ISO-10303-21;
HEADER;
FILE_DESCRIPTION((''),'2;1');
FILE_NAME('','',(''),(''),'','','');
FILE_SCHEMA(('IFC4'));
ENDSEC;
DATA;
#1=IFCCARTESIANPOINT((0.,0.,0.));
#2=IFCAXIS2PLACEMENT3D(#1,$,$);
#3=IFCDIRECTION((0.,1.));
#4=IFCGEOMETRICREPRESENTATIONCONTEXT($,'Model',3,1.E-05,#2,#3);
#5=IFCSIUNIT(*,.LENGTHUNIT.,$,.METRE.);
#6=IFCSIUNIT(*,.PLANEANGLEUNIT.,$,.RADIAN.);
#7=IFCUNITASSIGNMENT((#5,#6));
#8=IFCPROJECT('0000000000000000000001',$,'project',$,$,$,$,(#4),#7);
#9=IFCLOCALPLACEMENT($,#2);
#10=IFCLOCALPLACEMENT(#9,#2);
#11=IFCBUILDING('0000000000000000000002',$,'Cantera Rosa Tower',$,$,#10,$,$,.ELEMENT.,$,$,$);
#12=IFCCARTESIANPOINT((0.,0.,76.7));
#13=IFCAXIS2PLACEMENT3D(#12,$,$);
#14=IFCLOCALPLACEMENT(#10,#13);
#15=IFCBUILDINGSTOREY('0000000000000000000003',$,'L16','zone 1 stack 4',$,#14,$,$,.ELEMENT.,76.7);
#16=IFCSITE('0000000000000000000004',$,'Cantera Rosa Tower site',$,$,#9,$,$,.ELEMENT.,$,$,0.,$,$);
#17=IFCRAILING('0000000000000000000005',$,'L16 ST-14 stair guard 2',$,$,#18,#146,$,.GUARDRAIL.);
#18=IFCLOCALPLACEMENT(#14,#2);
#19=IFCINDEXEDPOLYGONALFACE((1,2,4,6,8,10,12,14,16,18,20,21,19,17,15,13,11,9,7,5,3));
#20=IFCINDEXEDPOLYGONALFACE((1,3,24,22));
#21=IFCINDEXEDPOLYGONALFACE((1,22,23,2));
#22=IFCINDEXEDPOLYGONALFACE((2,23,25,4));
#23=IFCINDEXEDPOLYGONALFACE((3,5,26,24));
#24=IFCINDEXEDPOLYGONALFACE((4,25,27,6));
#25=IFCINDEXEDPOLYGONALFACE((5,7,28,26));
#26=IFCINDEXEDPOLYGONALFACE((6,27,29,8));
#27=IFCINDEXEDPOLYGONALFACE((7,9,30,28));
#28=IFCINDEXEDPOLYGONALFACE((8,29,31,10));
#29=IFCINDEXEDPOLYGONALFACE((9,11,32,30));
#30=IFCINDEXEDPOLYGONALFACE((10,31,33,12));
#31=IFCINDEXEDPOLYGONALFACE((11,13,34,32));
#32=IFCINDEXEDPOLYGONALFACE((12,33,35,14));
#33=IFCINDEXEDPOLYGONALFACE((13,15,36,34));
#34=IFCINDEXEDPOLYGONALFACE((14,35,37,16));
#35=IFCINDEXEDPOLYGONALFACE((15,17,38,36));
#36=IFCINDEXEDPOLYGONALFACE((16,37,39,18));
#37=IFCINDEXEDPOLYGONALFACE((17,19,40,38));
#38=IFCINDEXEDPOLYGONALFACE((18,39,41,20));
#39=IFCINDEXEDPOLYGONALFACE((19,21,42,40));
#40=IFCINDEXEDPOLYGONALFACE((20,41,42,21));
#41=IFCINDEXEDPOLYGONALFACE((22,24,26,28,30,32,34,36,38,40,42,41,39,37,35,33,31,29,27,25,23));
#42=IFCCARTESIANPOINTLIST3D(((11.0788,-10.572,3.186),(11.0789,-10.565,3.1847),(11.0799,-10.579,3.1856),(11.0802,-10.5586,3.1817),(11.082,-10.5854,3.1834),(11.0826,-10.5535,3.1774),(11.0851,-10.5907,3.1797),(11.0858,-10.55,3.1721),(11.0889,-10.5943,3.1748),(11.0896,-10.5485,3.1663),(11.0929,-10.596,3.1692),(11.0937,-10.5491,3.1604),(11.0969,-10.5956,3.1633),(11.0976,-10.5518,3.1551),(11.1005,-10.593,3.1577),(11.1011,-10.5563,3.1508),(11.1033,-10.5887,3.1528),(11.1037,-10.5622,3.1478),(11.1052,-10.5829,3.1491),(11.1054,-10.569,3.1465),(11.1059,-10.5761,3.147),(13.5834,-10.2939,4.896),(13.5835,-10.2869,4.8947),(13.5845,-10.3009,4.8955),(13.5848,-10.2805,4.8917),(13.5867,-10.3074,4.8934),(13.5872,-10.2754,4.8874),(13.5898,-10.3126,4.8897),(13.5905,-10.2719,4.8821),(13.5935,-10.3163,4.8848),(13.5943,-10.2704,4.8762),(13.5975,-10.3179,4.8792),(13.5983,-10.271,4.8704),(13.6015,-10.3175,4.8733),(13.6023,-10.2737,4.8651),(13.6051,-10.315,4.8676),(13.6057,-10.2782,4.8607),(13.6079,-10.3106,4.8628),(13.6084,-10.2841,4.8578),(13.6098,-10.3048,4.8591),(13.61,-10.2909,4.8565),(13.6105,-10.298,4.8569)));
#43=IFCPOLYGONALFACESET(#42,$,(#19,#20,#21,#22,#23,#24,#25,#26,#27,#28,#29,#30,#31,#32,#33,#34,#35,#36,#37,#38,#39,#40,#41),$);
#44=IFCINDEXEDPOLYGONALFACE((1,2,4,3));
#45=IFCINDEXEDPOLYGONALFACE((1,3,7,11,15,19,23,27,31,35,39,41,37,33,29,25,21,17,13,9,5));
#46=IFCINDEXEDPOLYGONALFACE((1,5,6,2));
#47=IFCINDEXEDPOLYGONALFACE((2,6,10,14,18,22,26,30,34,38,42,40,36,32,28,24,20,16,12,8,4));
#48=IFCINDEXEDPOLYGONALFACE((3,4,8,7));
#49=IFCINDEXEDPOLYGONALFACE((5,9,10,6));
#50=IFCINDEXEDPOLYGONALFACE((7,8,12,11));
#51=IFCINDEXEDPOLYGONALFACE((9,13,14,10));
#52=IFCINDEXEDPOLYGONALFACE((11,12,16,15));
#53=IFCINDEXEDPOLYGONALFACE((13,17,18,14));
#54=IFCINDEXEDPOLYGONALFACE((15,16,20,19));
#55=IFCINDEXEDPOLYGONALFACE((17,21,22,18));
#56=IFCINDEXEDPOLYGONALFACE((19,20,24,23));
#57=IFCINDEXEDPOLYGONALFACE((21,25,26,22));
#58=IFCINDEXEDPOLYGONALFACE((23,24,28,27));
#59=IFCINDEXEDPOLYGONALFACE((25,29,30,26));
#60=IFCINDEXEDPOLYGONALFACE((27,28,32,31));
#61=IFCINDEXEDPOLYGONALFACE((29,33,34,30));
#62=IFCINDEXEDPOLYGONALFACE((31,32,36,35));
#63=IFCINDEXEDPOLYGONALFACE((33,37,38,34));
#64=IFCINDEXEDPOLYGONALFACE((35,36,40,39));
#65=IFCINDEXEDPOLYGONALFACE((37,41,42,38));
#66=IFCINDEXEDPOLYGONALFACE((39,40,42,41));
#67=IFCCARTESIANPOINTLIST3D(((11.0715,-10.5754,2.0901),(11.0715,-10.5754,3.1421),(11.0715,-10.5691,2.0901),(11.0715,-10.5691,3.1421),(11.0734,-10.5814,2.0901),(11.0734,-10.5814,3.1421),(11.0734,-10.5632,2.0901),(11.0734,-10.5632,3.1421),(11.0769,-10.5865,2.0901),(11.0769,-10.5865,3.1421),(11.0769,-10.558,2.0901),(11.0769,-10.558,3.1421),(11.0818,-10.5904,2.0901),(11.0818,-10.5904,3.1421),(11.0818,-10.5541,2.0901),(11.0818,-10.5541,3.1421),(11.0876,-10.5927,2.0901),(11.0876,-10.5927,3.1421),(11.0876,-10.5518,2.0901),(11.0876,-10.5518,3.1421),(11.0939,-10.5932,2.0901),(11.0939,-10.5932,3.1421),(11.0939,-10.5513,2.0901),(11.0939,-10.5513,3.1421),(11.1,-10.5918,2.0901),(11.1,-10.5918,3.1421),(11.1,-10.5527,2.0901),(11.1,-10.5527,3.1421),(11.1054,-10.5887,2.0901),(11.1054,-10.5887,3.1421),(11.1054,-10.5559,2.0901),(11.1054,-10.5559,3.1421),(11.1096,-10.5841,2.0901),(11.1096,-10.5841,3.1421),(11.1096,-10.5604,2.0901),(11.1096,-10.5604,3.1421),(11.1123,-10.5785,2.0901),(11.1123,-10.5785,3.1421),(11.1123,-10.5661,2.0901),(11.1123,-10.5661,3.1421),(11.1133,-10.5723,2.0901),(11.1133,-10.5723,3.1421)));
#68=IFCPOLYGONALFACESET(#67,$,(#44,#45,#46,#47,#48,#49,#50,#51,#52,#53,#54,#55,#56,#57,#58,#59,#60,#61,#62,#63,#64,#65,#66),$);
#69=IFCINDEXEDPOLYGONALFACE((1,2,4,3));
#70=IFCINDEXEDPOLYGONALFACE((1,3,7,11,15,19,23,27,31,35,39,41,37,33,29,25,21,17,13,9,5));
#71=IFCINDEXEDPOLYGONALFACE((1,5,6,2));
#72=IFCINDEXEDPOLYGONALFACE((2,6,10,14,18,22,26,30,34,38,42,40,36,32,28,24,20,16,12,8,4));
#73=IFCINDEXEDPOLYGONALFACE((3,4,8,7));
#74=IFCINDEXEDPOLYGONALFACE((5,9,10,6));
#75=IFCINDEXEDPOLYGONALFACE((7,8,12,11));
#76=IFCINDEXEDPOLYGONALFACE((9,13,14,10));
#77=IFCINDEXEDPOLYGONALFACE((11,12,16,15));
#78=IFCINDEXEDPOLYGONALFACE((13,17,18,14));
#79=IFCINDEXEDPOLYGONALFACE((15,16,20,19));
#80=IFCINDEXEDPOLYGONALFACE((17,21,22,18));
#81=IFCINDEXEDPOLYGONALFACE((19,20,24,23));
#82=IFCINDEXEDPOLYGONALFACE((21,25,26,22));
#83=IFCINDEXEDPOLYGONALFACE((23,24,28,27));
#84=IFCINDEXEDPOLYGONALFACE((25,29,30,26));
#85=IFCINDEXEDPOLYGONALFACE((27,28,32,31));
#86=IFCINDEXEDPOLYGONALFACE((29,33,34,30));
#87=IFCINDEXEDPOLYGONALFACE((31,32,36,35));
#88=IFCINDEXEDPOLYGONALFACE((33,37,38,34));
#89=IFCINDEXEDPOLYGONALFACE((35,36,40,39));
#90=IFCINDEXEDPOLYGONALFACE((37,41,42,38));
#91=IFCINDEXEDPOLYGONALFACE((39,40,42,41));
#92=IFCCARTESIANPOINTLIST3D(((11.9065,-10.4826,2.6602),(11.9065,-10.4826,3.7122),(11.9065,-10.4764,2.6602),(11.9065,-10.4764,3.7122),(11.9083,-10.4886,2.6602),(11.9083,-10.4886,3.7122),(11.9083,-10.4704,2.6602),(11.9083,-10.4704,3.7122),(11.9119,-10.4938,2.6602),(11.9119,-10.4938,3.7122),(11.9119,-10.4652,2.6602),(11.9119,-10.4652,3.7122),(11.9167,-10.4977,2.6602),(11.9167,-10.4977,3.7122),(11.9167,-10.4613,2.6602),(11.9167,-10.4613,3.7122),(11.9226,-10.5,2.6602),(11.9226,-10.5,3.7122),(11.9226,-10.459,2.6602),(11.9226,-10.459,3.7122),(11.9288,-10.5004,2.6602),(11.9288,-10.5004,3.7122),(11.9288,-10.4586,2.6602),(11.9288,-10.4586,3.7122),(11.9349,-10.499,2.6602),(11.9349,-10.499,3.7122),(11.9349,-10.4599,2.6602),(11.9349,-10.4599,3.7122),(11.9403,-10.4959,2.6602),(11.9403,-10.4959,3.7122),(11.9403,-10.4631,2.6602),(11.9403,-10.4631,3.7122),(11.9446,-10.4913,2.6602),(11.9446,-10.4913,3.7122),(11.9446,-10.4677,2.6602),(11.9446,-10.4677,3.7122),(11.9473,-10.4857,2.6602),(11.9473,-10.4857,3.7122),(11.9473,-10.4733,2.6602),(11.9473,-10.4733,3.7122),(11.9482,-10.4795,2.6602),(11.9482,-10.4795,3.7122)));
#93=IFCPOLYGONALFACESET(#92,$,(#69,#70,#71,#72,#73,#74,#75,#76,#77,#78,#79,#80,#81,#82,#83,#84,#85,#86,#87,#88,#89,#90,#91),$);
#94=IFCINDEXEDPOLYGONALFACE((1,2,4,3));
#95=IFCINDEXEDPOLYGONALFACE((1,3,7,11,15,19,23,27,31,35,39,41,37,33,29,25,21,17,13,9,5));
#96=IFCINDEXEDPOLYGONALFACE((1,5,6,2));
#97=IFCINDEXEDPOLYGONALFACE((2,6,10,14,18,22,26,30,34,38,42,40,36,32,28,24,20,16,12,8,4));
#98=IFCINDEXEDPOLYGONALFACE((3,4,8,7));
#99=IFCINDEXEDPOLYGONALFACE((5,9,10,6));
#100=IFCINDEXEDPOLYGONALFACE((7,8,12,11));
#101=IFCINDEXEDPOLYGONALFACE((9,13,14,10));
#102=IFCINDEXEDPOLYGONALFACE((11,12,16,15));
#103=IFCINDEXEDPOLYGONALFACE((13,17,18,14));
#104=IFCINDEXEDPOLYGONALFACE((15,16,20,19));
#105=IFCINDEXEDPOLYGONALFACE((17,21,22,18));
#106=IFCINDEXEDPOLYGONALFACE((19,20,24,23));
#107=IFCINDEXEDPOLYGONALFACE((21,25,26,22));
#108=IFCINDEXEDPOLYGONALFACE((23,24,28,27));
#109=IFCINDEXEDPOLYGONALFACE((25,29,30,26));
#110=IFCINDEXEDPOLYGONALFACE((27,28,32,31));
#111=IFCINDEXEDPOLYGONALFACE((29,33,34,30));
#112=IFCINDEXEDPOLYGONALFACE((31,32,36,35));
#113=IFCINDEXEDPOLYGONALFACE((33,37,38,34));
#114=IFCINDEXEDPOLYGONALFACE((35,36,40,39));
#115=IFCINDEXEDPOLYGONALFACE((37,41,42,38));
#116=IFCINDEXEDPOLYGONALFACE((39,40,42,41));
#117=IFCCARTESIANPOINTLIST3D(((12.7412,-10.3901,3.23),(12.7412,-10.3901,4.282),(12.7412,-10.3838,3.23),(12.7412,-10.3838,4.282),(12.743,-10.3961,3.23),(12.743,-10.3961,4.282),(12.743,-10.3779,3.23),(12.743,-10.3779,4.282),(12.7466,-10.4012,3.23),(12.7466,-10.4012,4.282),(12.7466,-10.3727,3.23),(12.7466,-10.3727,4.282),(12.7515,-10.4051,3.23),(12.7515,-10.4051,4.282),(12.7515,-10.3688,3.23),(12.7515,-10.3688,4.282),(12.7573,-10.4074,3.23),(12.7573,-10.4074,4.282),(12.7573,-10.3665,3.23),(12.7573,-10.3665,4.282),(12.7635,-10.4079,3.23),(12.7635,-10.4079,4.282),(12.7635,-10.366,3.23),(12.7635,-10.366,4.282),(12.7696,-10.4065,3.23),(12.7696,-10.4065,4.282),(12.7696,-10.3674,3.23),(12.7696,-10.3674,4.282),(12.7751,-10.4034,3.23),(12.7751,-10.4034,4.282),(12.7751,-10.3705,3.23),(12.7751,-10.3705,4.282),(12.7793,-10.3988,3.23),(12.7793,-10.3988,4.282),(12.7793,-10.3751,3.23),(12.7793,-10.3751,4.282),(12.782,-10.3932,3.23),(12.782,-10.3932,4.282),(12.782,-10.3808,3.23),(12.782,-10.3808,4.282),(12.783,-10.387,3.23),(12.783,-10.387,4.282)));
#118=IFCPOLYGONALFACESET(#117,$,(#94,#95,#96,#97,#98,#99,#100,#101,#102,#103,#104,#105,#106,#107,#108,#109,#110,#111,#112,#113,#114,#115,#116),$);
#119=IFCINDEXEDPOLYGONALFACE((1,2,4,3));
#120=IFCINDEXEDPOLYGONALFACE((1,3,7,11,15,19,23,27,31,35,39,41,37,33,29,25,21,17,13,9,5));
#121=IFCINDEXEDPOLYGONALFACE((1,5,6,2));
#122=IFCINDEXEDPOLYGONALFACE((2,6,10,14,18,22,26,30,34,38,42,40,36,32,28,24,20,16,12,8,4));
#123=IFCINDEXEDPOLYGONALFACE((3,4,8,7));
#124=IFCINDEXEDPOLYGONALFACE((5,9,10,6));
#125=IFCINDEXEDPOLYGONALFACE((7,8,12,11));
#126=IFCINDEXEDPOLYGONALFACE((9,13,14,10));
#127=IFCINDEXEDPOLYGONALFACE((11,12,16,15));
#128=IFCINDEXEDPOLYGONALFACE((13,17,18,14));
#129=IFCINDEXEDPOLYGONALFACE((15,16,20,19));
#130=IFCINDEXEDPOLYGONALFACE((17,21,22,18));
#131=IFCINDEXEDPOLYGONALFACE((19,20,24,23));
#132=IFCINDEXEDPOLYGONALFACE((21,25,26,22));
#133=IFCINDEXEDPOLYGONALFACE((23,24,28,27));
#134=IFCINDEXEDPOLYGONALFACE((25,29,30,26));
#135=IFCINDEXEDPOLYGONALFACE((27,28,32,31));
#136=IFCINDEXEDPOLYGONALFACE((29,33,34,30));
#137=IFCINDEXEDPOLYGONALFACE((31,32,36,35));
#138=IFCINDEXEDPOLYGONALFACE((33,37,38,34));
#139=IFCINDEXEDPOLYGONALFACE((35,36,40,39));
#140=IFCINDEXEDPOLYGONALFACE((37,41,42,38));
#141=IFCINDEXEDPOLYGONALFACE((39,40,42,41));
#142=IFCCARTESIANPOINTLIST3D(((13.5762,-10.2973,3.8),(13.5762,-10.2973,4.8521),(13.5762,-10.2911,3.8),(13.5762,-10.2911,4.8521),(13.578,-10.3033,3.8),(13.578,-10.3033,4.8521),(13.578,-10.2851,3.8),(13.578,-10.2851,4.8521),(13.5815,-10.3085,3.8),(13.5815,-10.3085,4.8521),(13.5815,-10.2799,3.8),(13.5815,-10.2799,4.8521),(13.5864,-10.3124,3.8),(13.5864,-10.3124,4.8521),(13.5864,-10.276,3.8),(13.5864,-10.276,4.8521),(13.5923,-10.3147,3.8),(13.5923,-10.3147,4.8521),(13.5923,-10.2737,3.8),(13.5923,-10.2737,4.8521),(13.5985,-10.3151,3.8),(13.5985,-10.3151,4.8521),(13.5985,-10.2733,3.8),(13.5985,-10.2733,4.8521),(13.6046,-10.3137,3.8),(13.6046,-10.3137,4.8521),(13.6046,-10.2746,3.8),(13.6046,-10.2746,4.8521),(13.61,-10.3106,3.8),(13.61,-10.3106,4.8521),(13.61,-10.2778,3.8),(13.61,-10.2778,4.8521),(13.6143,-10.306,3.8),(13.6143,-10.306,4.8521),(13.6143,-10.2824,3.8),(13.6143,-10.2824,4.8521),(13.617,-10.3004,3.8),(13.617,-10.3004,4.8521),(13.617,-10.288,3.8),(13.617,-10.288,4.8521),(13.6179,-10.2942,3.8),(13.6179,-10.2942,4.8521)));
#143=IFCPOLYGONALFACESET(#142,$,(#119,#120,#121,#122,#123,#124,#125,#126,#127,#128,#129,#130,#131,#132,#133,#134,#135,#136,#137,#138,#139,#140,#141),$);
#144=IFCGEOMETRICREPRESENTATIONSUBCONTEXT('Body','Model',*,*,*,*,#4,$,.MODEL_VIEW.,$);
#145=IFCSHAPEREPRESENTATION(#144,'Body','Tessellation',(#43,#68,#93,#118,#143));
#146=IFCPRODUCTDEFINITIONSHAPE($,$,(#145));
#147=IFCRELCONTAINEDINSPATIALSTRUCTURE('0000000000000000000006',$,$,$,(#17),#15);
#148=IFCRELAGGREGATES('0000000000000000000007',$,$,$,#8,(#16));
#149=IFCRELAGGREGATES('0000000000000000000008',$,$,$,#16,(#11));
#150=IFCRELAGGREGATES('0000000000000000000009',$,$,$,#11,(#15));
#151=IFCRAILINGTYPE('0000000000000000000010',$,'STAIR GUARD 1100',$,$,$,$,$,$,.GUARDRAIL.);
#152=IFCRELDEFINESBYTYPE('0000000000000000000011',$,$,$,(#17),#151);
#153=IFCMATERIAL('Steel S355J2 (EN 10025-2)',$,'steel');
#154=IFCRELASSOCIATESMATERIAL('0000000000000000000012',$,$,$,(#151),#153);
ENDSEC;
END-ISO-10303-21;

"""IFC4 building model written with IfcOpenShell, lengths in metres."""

from ifc_helpers import new_model, si_unit, direction, frame, origin, origin_2d, place, context, subcontext, project, spatial, circle, extrude, material, type_object, element, save


model = new_model("IFC4")

# Units and contexts
model_context = context("Model", 3, precision=1e-05, world=origin(), true_north=direction((0.0, 1.0)))
body_context = subcontext(model_context, "Body", "Model", "MODEL_VIEW")
ifc_project = project(units=[si_unit("LENGTHUNIT", "METRE"), si_unit("PLANEANGLEUNIT", "RADIAN")], contexts=[model_context])

# Site, building, storey
site_placement = place(None, origin())
site = spatial("IfcSite", under=ifc_project, at=site_placement, Name="Cantera Rosa Tower site", CompositionType="ELEMENT", RefElevation=0.0)
building_placement = place(site_placement, origin())
building = spatial("IfcBuilding", under=site, at=building_placement, Name="Cantera Rosa Tower", CompositionType="ELEMENT")
storey_placement = place(building_placement, frame((0.0, 0.0, 76.7)))
storey = spatial("IfcBuildingStorey", under=building, at=storey_placement, Name="L16", Description="zone 1 stack 4", CompositionType="ELEMENT", Elevation=76.7)

# Railing
ifc_material_1 = material(Name="Steel S355J2 (EN 10025-2)", Category="steel")
railing_type_1 = type_object("IfcRailingType", Name="STAIR GUARD 1100", PredefinedType="GUARDRAIL", material=ifc_material_1)
railing_1_placement = place(storey_placement, frame((11.0923, -10.5723, 2.0901)))
element("IfcRailing", 1, at=railing_1_placement, inside=storey, type_object=railing_type_1, Name="L16 ST-14 stair guard 2", PredefinedType="GUARDRAIL", context=body_context, shape_type="SweptSolid", body=[
    extrude(circle(Radius=0.0239, at=origin_2d()), frame((0.0, 0.0, 1.0762), z_axis=(0.822431, 0.09131, 0.561488), x_axis=(-0.110346, 0.993893, 0.0)), (0.0, 0.0, 1.0), 3.0454),
    extrude(circle(Radius=0.021, at=origin_2d()), origin(), (0.0, 0.0, 1.0), 1.052),
    extrude(circle(Radius=0.021, at=origin_2d()), frame((0.835, 0.0928, 0.5701)), (0.0, 0.0, 1.0), 1.052),
    extrude(circle(Radius=0.021, at=origin_2d()), frame((1.6697, 0.1853, 1.1399)), (0.0, 0.0, 1.0), 1.052),
    extrude(circle(Radius=0.021, at=origin_2d()), frame((2.5046, 0.2781, 1.71)), (0.0, 0.0, 1.0), 1.052),
])

save(model, "model.ifc")
